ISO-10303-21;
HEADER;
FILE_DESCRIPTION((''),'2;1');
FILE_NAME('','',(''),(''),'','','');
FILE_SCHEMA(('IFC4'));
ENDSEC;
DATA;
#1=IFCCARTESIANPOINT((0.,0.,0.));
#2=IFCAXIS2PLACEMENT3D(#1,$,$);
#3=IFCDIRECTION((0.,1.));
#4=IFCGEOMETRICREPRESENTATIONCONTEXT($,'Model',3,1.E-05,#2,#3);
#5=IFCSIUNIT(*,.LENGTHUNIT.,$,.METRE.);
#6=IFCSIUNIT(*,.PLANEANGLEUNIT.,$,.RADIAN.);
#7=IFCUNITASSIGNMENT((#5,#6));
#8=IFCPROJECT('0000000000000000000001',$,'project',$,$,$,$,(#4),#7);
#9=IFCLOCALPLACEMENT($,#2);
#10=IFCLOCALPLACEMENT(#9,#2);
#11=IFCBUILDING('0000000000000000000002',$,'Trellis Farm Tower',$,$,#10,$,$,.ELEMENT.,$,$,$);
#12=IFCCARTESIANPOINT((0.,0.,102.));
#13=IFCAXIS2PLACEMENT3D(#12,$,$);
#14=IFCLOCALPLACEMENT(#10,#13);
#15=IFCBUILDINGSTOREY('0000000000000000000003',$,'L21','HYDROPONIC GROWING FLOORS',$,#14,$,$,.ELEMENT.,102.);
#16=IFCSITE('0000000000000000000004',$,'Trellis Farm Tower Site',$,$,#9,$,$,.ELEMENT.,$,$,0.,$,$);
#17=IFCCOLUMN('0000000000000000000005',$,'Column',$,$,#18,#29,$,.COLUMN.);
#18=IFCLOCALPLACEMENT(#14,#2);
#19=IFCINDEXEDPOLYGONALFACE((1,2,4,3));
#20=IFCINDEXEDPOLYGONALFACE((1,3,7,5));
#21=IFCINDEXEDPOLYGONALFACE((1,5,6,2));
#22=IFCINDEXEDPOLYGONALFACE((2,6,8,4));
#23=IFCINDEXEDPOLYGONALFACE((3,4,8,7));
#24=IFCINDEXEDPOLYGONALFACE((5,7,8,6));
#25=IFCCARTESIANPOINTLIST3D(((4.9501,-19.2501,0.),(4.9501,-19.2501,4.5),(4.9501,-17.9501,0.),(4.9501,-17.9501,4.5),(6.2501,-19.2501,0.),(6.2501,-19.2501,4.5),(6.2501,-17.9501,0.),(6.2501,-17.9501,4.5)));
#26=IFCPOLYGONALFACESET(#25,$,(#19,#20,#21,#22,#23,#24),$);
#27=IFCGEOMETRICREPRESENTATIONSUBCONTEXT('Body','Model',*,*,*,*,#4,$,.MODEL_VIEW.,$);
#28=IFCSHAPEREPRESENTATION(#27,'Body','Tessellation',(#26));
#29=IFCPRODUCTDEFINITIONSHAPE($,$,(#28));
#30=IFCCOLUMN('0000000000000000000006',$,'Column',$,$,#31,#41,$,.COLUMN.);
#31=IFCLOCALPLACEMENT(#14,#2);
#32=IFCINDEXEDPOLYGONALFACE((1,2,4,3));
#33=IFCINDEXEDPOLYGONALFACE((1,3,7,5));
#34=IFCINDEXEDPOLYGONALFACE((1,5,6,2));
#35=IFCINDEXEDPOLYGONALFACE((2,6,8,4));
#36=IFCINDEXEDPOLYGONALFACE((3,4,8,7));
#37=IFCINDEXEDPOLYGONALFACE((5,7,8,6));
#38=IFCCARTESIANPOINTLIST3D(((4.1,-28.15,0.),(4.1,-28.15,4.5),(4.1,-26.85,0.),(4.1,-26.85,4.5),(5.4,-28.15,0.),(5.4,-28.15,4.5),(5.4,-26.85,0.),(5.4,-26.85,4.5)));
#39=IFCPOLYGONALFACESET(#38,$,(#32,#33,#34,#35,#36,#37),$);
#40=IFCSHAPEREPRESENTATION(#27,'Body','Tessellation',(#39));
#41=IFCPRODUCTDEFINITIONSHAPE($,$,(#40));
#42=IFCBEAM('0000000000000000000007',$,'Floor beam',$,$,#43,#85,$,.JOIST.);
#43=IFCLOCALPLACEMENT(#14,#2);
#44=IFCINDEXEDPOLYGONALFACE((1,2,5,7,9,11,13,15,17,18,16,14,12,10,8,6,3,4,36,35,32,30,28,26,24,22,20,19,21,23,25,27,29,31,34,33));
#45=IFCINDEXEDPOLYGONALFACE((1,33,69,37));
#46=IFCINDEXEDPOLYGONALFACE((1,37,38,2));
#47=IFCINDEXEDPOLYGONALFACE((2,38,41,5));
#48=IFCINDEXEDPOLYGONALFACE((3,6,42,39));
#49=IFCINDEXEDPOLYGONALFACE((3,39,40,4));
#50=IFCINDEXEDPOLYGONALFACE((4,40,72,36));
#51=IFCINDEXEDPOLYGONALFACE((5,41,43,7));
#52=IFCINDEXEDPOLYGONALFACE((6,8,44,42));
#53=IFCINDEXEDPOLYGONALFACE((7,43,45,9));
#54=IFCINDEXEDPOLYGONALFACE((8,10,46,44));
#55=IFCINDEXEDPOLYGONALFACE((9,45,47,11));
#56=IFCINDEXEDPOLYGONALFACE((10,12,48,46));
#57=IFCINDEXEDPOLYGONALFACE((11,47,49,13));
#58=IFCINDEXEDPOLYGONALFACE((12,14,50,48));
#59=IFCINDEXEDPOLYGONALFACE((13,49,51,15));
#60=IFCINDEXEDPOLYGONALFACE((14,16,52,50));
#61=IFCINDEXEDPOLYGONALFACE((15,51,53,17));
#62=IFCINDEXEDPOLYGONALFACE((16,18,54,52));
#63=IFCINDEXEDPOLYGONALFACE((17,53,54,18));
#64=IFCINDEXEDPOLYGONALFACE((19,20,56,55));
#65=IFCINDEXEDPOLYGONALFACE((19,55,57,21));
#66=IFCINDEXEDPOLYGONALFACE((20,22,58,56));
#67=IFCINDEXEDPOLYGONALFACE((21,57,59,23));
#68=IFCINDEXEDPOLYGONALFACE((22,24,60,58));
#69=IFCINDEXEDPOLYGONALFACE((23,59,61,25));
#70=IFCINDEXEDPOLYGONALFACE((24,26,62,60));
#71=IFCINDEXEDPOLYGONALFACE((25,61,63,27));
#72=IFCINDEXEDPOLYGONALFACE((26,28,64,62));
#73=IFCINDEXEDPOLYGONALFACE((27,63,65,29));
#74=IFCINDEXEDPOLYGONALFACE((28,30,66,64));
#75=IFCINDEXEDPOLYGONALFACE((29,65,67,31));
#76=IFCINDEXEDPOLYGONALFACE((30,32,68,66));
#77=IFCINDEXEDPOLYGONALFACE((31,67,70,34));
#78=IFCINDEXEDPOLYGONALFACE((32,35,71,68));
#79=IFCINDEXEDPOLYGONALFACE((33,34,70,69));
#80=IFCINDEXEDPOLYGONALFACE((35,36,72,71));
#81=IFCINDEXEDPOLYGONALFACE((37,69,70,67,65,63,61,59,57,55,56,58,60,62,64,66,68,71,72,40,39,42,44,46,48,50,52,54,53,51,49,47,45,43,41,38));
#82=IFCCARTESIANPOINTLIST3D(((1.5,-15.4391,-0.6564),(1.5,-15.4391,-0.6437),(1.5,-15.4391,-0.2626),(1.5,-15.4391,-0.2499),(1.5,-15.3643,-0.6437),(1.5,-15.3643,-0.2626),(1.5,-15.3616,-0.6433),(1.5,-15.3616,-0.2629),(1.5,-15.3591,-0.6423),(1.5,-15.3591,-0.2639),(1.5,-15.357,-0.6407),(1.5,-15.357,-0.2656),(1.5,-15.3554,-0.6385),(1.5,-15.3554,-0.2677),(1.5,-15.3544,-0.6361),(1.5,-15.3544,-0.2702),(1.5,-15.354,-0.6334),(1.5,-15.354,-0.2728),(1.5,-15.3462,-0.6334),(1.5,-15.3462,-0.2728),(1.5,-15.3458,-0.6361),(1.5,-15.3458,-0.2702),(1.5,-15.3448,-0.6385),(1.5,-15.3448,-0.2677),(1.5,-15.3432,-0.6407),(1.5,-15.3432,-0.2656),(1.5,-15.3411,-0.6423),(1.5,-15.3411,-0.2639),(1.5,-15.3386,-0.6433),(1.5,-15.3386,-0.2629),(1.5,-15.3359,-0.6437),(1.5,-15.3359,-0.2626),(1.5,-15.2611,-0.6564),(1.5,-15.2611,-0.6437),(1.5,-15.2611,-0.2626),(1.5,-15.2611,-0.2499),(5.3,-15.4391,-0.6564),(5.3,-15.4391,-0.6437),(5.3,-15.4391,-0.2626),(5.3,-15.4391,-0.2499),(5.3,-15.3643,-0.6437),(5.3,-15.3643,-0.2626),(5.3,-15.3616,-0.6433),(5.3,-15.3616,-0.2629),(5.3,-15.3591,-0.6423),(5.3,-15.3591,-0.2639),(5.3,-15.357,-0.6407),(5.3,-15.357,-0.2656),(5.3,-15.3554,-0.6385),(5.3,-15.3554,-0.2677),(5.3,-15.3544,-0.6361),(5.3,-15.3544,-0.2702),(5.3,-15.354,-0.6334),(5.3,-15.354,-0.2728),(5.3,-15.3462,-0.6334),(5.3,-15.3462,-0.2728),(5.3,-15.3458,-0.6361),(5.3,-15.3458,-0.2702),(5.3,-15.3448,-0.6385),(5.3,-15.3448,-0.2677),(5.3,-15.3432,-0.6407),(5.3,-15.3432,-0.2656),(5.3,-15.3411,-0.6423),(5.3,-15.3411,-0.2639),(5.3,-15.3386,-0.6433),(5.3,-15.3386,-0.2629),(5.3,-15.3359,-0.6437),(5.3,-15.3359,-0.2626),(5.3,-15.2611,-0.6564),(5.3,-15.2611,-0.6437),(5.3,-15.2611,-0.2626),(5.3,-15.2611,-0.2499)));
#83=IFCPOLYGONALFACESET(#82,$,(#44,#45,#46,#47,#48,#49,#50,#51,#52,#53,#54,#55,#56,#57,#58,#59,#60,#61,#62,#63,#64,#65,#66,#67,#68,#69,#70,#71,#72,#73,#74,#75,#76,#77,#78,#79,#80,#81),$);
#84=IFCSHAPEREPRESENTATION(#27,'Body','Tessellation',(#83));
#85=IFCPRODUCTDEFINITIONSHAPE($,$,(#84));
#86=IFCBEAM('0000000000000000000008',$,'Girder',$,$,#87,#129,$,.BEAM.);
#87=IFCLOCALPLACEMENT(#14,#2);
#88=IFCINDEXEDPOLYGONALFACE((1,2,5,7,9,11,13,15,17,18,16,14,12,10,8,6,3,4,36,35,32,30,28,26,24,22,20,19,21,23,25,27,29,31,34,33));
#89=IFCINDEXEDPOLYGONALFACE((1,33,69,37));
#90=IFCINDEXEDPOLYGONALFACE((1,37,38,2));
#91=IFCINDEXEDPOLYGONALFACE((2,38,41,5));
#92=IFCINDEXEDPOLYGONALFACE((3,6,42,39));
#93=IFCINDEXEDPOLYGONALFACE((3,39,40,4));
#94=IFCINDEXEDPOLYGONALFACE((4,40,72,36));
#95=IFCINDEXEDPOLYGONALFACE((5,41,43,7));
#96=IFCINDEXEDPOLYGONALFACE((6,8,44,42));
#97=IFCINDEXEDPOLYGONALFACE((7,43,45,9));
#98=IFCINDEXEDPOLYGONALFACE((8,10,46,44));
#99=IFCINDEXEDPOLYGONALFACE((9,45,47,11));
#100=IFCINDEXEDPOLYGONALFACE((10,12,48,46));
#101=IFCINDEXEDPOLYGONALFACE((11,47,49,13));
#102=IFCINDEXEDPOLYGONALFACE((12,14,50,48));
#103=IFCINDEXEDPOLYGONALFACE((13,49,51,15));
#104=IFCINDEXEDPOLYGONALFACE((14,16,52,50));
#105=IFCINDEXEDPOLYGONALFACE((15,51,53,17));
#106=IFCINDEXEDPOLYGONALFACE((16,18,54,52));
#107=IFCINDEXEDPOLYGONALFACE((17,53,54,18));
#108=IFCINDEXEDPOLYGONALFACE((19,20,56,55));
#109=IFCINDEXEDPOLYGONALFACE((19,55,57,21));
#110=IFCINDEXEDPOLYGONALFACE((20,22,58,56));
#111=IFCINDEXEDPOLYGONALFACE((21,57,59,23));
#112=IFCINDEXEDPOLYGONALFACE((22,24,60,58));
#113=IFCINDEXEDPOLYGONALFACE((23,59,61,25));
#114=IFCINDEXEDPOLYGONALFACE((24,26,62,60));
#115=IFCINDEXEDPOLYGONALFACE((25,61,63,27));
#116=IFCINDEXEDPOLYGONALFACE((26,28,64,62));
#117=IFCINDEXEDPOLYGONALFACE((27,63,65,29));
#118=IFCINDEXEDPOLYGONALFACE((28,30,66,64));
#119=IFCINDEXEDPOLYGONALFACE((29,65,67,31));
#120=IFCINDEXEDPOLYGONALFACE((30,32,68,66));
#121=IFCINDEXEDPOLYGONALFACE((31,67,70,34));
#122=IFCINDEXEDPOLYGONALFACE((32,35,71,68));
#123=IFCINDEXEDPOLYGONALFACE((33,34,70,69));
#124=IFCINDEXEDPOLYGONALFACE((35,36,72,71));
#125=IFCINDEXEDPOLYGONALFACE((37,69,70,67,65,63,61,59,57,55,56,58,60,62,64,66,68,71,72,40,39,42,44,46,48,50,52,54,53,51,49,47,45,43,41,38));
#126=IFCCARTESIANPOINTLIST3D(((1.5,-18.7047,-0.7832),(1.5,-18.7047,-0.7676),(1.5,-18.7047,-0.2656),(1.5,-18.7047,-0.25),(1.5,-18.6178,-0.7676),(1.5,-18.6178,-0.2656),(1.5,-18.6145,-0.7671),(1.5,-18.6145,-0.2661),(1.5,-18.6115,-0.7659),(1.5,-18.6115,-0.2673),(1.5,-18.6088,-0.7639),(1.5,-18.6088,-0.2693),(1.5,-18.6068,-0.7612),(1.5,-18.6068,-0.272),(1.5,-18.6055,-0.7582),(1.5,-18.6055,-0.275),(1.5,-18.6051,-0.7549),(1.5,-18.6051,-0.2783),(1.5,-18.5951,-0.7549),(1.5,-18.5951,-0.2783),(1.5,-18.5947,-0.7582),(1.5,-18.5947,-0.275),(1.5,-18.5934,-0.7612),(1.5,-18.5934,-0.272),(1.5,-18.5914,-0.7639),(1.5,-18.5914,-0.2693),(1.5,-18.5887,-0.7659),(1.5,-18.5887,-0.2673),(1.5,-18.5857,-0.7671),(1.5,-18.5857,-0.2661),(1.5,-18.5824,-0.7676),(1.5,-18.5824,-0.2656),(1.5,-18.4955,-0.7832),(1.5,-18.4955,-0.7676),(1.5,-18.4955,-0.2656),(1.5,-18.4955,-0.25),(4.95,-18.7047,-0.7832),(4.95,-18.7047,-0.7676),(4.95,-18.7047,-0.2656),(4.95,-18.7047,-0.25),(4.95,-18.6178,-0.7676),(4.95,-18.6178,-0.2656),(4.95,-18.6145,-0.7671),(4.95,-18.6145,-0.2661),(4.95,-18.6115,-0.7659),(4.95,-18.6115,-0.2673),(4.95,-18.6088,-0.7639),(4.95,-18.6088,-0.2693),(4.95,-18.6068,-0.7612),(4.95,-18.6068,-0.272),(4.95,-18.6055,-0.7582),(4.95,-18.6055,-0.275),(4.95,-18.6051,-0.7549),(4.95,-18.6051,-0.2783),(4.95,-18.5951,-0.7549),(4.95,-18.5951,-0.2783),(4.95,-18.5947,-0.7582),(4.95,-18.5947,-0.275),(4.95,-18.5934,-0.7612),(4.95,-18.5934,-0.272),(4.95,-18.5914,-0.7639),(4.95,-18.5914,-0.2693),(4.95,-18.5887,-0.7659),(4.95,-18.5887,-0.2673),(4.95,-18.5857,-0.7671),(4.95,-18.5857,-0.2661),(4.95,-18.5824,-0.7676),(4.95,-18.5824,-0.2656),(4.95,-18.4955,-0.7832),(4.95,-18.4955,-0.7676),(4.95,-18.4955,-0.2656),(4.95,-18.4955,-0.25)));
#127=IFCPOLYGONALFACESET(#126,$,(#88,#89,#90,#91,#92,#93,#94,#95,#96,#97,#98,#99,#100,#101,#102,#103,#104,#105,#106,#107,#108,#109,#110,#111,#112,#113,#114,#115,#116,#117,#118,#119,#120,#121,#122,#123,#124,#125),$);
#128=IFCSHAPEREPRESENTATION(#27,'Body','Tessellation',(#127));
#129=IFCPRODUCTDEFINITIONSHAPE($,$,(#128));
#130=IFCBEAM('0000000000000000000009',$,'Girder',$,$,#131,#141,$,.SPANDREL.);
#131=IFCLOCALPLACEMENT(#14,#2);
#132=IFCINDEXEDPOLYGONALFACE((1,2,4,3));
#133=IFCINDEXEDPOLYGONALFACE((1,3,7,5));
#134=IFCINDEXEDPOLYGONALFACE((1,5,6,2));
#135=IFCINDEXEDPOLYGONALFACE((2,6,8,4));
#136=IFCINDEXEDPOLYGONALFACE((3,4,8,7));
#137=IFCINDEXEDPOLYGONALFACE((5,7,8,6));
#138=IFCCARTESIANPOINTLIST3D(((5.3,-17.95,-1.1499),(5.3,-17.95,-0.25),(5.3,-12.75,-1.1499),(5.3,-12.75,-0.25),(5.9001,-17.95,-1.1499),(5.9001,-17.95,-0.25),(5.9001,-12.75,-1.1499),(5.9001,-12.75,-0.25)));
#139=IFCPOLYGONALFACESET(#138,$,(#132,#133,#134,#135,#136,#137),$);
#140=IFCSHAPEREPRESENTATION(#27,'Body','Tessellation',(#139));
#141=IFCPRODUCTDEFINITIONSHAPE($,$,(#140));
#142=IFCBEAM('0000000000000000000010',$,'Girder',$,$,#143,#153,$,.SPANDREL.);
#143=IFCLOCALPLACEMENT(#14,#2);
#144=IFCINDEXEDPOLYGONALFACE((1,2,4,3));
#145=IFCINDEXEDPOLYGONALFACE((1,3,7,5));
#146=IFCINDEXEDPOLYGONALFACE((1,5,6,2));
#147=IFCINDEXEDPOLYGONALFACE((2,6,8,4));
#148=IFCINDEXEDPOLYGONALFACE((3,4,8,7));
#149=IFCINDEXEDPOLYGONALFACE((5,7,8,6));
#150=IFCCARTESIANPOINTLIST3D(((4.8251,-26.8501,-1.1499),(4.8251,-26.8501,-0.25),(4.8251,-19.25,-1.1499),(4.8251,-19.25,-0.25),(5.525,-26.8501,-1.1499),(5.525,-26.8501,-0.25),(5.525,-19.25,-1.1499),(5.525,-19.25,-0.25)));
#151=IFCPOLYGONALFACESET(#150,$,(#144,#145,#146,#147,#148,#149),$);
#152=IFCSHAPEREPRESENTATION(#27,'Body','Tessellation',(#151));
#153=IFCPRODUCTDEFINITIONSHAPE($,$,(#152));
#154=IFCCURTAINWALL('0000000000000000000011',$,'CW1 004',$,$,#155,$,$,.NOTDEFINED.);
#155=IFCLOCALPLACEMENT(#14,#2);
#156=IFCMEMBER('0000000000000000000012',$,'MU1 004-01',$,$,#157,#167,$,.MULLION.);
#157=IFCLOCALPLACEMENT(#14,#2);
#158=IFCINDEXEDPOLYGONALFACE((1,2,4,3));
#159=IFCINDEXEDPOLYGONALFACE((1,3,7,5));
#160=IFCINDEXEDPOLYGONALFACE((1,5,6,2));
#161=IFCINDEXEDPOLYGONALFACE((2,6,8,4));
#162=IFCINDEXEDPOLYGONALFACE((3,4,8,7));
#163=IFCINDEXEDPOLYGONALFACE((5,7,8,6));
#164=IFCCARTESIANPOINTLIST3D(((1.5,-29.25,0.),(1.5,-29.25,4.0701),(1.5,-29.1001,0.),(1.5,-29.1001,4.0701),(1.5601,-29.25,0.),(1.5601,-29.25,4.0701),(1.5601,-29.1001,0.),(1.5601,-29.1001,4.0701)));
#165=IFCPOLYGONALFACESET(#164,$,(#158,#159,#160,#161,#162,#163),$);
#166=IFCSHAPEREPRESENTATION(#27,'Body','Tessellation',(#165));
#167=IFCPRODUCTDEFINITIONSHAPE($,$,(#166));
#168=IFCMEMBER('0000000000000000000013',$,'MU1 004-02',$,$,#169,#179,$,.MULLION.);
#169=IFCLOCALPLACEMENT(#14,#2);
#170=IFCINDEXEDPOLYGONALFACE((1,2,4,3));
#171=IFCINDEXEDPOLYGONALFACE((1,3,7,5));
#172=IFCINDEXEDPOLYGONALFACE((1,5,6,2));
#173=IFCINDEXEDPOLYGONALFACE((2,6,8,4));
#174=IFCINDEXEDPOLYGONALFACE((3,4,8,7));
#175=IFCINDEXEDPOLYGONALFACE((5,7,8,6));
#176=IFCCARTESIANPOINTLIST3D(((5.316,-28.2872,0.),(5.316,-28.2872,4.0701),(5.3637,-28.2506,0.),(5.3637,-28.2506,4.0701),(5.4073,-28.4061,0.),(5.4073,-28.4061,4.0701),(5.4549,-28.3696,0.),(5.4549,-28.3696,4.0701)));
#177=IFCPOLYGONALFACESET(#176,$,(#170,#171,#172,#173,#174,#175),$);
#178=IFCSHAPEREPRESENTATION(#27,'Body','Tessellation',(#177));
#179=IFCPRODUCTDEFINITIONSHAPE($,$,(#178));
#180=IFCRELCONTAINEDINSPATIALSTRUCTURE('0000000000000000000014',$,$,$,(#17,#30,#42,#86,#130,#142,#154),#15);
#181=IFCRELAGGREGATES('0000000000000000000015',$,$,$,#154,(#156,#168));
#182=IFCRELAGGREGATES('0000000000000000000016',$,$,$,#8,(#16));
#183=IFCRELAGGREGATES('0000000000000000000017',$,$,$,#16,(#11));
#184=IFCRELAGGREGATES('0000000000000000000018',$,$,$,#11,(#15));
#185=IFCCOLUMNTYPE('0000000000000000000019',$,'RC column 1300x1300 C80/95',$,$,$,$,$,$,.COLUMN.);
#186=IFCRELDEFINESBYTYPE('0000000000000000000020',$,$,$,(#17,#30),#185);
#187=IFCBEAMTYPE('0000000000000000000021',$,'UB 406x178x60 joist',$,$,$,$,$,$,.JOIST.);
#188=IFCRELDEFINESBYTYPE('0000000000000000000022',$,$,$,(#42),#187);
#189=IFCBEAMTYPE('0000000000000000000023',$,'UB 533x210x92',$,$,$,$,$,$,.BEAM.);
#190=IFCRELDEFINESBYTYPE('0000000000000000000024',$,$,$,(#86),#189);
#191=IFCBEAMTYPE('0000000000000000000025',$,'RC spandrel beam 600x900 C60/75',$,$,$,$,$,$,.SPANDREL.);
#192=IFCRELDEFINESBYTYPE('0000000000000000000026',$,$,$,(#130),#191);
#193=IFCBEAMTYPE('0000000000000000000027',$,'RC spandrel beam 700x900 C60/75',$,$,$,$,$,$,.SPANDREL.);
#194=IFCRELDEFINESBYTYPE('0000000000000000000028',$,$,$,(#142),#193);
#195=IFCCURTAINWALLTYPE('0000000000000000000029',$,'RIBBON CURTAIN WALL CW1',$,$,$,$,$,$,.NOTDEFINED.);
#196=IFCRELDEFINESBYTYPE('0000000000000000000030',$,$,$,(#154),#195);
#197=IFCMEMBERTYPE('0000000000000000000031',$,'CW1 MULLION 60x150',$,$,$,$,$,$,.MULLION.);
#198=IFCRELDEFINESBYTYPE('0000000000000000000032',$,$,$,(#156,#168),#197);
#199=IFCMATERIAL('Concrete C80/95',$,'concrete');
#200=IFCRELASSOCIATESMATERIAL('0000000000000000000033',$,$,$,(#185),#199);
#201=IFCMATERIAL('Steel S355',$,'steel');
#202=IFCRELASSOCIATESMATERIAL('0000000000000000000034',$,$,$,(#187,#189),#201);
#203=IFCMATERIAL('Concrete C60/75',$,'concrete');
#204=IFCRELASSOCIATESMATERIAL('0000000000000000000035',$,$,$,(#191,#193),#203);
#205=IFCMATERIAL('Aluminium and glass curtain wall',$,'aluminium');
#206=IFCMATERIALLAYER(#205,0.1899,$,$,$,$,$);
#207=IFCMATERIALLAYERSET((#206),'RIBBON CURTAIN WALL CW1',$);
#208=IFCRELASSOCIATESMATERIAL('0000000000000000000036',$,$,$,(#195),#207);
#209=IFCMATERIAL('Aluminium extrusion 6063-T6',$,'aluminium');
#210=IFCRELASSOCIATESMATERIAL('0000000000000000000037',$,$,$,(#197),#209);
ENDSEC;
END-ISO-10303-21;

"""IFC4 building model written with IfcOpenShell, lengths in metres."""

from ifc_helpers import new_model, si_unit, direction, frame, origin, origin_2d, place, context, subcontext, project, spatial, rectangle, i_section, extrude, source, transform, mapped, material, layer, layer_set, material_profile, profile_set, type_object, element, aggregate, save


model = new_model("IFC4")

# Units and contexts
model_context = context("Model", 3, precision=1e-05, world=origin(), true_north=direction((0.0, 1.0)))
body_context = subcontext(model_context, "Body", "Model", "MODEL_VIEW")
ifc_project = project(units=[si_unit("LENGTHUNIT", "METRE"), si_unit("PLANEANGLEUNIT", "RADIAN")], contexts=[model_context])

# Site, building, storey
site_placement = place(None, origin())
site = spatial("IfcSite", under=ifc_project, at=site_placement, Name="Trellis Farm Tower Site", CompositionType="ELEMENT", RefElevation=0.0)
building_placement = place(site_placement, origin())
building = spatial("IfcBuilding", under=site, at=building_placement, Name="Trellis Farm Tower", CompositionType="ELEMENT")
storey_placement = place(building_placement, frame((0.0, 0.0, 102.0)))
storey = spatial("IfcBuildingStorey", under=building, at=storey_placement, Name="L21", Description="HYDROPONIC GROWING FLOORS", CompositionType="ELEMENT", Elevation=102.0)

# Columns
ifc_material_1 = material(Name="Concrete C80/95", Category="concrete")
ifc_material_profile_1 = material_profile(ifc_material_1, rectangle(XDim=1.3, YDim=1.3, at=origin_2d()), Name="RC column 1300x1300 C80/95")
ifc_profile_set_1 = profile_set([ifc_material_profile_1], Name="Concrete C80/95")
column_type = type_object("IfcColumnType", Name="RC column 1300x1300 C80/95", PredefinedType="COLUMN", material=ifc_profile_set_1)
shared_shape_1 = source(origin(), body_context, "Body", "SweptSolid", [
    extrude(rectangle(XDim=1.3, YDim=1.3, at=origin_2d()), origin(), (0.0, 0.0, 1.0), 4.5),
])
for number, where, z_axis, x_axis, name in (
    (1, (5.6001, -18.6001, 0.0), (0.0, 0.0, 1.0), (1.0, 0.0, 0.0), "Column"),
    (2, (4.75, -27.5, 0.0), (0.0, 0.0, 1.0), (1.0, 0.0, 0.0), "Column"),
):
    element("IfcColumn", number, at=place(storey_placement, frame(where, z_axis=z_axis, x_axis=x_axis)), inside=storey, type_object=column_type, Name=name, PredefinedType="COLUMN", context=body_context, shape_type="MappedRepresentation", body=[
        mapped(shared_shape_1, transform((0.0, 0.0, 0.0))),
    ])

# Beams
ifc_material_2 = material(Name="Steel S355", Category="steel")
ifc_material_profile_2 = material_profile(ifc_material_2, i_section(OverallWidth=0.178, OverallDepth=0.4065, WebThickness=0.0078, FlangeThickness=0.0127, FilletRadius=0.0103, at=origin_2d()), Name="UB 406x178x60")
ifc_profile_set_2 = profile_set([ifc_material_profile_2], Name="Steel S355")
beam_type_1 = type_object("IfcBeamType", Name="UB 406x178x60 joist", PredefinedType="JOIST", material=ifc_profile_set_2)
shared_shape_2 = source(origin(), body_context, "Body", "SweptSolid", [
    extrude(i_section(OverallWidth=0.178, OverallDepth=0.4065, WebThickness=0.0078, FlangeThickness=0.0127, FilletRadius=0.0103, at=origin_2d()), origin(), (0.0, 0.0, 1.0), 3.8),
])
beam_1_placement = place(storey_placement, frame((1.5, -15.3501, -0.4531), z_axis=(1.0, 0.0, 0.0), x_axis=(0.0, 1.0, 0.0)))
element("IfcBeam", 3, at=beam_1_placement, inside=storey, type_object=beam_type_1, Name="Floor beam", PredefinedType="JOIST", context=body_context, shape_type="MappedRepresentation", body=[
    mapped(shared_shape_2, transform((0.0, 0.0, 0.0))),
])
ifc_material_profile_3 = material_profile(ifc_material_2, i_section(OverallWidth=0.2092, OverallDepth=0.5332, WebThickness=0.01, FlangeThickness=0.0156, FilletRadius=0.0127, at=origin_2d()), Name="UB 533x210x92")
ifc_profile_set_3 = profile_set([ifc_material_profile_3], Name="Steel S355")
beam_type_2 = type_object("IfcBeamType", Name="UB 533x210x92", PredefinedType="BEAM", material=ifc_profile_set_3)
shared_shape_3 = source(origin(), body_context, "Body", "SweptSolid", [
    extrude(i_section(OverallWidth=0.2092, OverallDepth=0.5332, WebThickness=0.01, FlangeThickness=0.0156, FilletRadius=0.0127, at=origin_2d()), origin(), (0.0, 0.0, 1.0), 3.45),
])
beam_2_placement = place(storey_placement, frame((1.5, -18.6001, -0.5166), z_axis=(1.0, 0.0, 0.0), x_axis=(0.0, 1.0, 0.0)))
element("IfcBeam", 4, at=beam_2_placement, inside=storey, type_object=beam_type_2, Name="Girder", PredefinedType="BEAM", context=body_context, shape_type="MappedRepresentation", body=[
    mapped(shared_shape_3, transform((0.0, 0.0, 0.0))),
])
ifc_material_3 = material(Name="Concrete C60/75", Category="concrete")
ifc_material_profile_4 = material_profile(ifc_material_3, rectangle(XDim=0.6001, YDim=0.8999, at=origin_2d()), Name="RC spandrel beam 600x900 C60/75")
ifc_profile_set_4 = profile_set([ifc_material_profile_4], Name="Concrete C60/75")
beam_type_3 = type_object("IfcBeamType", Name="RC spandrel beam 600x900 C60/75", PredefinedType="SPANDREL", material=ifc_profile_set_4)
shared_shape_4 = source(origin(), body_context, "Body", "SweptSolid", [
    extrude(rectangle(XDim=0.6001, YDim=0.8999, at=origin_2d()), origin(), (0.0, 0.0, 1.0), 5.2),
])
beam_3_placement = place(storey_placement, frame((5.6001, -17.95, -0.7), z_axis=(0.0, 1.0, 0.0), x_axis=(-1.0, 0.0, 0.0)))
element("IfcBeam", 5, at=beam_3_placement, inside=storey, type_object=beam_type_3, Name="Girder", PredefinedType="SPANDREL", context=body_context, shape_type="MappedRepresentation", body=[
    mapped(shared_shape_4, transform((0.0, 0.0, 0.0))),
])
ifc_material_profile_5 = material_profile(ifc_material_3, rectangle(XDim=0.7, YDim=0.8999, at=origin_2d()), Name="RC spandrel beam 700x900 C60/75")
ifc_profile_set_5 = profile_set([ifc_material_profile_5], Name="Concrete C60/75")
beam_type_4 = type_object("IfcBeamType", Name="RC spandrel beam 700x900 C60/75", PredefinedType="SPANDREL", material=ifc_profile_set_5)
shared_shape_5 = source(origin(), body_context, "Body", "SweptSolid", [
    extrude(rectangle(XDim=0.7, YDim=0.8999, at=origin_2d()), origin(), (0.0, 0.0, 1.0), 7.6001),
])
beam_4_placement = place(storey_placement, frame((5.175, -26.8501, -0.7), z_axis=(0.0, 1.0, 0.0), x_axis=(-1.0, 0.0, 0.0)))
element("IfcBeam", 6, at=beam_4_placement, inside=storey, type_object=beam_type_4, Name="Girder", PredefinedType="SPANDREL", context=body_context, shape_type="MappedRepresentation", body=[
    mapped(shared_shape_5, transform((0.0, 0.0, 0.0))),
])

# Curtain wall, members
ifc_material_4 = material(Name="Aluminium and glass curtain wall", Category="aluminium")
ifc_layer_1 = layer(ifc_material_4, 0.1899)
ifc_layer_set_1 = layer_set([ifc_layer_1], Name="RIBBON CURTAIN WALL CW1")
curtain_wall_type = type_object("IfcCurtainWallType", Name="RIBBON CURTAIN WALL CW1", PredefinedType="NOTDEFINED", material=ifc_layer_set_1)
placement = place(storey_placement, origin())
curtain_wall = element("IfcCurtainWall", 7, at=placement, inside=storey, type_object=curtain_wall_type, Name="CW1 004", PredefinedType="NOTDEFINED")
ifc_material_5 = material(Name="Aluminium extrusion 6063-T6", Category="aluminium")
ifc_material_profile_6 = material_profile(ifc_material_5, rectangle(XDim=0.0601, YDim=0.1499, at=origin_2d()), Name="MULLION 60x150")
ifc_profile_set_6 = profile_set([ifc_material_profile_6], Name="Aluminium extrusion 6063-T6")
member_type = type_object("IfcMemberType", Name="CW1 MULLION 60x150", PredefinedType="MULLION", material=ifc_profile_set_6)
shared_shape_6 = source(origin(), body_context, "Body", "SweptSolid", [
    extrude(rectangle(XDim=0.0601, YDim=0.1499, at=origin_2d()), origin(), (0.0, 0.0, 1.0), 4.0701),
])
member_1_placement = place(storey_placement, frame((1.53, -29.175, 0.0), z_axis=(0.0, 0.0, 1.0), x_axis=(1.0, 0.0, 0.0)))
member_1 = element("IfcMember", 8, at=member_1_placement, type_object=member_type, Name="MU1 004-01", PredefinedType="MULLION", context=body_context, shape_type="MappedRepresentation", body=[
    mapped(shared_shape_6, transform((0.0, 0.0, 0.0))),
])
member_2_placement = place(storey_placement, frame((5.3855, -28.3284, 0.0), z_axis=(0.0, 0.0, 1.0), x_axis=(0.793353, 0.608761, 0.0)))
member_2 = element("IfcMember", 9, at=member_2_placement, type_object=member_type, Name="MU1 004-02", PredefinedType="MULLION", context=body_context, shape_type="MappedRepresentation", body=[
    mapped(shared_shape_6, transform((0.0, 0.0, 0.0))),
])
aggregate(curtain_wall, [member_1, member_2])

save(model, "model.ifc")
